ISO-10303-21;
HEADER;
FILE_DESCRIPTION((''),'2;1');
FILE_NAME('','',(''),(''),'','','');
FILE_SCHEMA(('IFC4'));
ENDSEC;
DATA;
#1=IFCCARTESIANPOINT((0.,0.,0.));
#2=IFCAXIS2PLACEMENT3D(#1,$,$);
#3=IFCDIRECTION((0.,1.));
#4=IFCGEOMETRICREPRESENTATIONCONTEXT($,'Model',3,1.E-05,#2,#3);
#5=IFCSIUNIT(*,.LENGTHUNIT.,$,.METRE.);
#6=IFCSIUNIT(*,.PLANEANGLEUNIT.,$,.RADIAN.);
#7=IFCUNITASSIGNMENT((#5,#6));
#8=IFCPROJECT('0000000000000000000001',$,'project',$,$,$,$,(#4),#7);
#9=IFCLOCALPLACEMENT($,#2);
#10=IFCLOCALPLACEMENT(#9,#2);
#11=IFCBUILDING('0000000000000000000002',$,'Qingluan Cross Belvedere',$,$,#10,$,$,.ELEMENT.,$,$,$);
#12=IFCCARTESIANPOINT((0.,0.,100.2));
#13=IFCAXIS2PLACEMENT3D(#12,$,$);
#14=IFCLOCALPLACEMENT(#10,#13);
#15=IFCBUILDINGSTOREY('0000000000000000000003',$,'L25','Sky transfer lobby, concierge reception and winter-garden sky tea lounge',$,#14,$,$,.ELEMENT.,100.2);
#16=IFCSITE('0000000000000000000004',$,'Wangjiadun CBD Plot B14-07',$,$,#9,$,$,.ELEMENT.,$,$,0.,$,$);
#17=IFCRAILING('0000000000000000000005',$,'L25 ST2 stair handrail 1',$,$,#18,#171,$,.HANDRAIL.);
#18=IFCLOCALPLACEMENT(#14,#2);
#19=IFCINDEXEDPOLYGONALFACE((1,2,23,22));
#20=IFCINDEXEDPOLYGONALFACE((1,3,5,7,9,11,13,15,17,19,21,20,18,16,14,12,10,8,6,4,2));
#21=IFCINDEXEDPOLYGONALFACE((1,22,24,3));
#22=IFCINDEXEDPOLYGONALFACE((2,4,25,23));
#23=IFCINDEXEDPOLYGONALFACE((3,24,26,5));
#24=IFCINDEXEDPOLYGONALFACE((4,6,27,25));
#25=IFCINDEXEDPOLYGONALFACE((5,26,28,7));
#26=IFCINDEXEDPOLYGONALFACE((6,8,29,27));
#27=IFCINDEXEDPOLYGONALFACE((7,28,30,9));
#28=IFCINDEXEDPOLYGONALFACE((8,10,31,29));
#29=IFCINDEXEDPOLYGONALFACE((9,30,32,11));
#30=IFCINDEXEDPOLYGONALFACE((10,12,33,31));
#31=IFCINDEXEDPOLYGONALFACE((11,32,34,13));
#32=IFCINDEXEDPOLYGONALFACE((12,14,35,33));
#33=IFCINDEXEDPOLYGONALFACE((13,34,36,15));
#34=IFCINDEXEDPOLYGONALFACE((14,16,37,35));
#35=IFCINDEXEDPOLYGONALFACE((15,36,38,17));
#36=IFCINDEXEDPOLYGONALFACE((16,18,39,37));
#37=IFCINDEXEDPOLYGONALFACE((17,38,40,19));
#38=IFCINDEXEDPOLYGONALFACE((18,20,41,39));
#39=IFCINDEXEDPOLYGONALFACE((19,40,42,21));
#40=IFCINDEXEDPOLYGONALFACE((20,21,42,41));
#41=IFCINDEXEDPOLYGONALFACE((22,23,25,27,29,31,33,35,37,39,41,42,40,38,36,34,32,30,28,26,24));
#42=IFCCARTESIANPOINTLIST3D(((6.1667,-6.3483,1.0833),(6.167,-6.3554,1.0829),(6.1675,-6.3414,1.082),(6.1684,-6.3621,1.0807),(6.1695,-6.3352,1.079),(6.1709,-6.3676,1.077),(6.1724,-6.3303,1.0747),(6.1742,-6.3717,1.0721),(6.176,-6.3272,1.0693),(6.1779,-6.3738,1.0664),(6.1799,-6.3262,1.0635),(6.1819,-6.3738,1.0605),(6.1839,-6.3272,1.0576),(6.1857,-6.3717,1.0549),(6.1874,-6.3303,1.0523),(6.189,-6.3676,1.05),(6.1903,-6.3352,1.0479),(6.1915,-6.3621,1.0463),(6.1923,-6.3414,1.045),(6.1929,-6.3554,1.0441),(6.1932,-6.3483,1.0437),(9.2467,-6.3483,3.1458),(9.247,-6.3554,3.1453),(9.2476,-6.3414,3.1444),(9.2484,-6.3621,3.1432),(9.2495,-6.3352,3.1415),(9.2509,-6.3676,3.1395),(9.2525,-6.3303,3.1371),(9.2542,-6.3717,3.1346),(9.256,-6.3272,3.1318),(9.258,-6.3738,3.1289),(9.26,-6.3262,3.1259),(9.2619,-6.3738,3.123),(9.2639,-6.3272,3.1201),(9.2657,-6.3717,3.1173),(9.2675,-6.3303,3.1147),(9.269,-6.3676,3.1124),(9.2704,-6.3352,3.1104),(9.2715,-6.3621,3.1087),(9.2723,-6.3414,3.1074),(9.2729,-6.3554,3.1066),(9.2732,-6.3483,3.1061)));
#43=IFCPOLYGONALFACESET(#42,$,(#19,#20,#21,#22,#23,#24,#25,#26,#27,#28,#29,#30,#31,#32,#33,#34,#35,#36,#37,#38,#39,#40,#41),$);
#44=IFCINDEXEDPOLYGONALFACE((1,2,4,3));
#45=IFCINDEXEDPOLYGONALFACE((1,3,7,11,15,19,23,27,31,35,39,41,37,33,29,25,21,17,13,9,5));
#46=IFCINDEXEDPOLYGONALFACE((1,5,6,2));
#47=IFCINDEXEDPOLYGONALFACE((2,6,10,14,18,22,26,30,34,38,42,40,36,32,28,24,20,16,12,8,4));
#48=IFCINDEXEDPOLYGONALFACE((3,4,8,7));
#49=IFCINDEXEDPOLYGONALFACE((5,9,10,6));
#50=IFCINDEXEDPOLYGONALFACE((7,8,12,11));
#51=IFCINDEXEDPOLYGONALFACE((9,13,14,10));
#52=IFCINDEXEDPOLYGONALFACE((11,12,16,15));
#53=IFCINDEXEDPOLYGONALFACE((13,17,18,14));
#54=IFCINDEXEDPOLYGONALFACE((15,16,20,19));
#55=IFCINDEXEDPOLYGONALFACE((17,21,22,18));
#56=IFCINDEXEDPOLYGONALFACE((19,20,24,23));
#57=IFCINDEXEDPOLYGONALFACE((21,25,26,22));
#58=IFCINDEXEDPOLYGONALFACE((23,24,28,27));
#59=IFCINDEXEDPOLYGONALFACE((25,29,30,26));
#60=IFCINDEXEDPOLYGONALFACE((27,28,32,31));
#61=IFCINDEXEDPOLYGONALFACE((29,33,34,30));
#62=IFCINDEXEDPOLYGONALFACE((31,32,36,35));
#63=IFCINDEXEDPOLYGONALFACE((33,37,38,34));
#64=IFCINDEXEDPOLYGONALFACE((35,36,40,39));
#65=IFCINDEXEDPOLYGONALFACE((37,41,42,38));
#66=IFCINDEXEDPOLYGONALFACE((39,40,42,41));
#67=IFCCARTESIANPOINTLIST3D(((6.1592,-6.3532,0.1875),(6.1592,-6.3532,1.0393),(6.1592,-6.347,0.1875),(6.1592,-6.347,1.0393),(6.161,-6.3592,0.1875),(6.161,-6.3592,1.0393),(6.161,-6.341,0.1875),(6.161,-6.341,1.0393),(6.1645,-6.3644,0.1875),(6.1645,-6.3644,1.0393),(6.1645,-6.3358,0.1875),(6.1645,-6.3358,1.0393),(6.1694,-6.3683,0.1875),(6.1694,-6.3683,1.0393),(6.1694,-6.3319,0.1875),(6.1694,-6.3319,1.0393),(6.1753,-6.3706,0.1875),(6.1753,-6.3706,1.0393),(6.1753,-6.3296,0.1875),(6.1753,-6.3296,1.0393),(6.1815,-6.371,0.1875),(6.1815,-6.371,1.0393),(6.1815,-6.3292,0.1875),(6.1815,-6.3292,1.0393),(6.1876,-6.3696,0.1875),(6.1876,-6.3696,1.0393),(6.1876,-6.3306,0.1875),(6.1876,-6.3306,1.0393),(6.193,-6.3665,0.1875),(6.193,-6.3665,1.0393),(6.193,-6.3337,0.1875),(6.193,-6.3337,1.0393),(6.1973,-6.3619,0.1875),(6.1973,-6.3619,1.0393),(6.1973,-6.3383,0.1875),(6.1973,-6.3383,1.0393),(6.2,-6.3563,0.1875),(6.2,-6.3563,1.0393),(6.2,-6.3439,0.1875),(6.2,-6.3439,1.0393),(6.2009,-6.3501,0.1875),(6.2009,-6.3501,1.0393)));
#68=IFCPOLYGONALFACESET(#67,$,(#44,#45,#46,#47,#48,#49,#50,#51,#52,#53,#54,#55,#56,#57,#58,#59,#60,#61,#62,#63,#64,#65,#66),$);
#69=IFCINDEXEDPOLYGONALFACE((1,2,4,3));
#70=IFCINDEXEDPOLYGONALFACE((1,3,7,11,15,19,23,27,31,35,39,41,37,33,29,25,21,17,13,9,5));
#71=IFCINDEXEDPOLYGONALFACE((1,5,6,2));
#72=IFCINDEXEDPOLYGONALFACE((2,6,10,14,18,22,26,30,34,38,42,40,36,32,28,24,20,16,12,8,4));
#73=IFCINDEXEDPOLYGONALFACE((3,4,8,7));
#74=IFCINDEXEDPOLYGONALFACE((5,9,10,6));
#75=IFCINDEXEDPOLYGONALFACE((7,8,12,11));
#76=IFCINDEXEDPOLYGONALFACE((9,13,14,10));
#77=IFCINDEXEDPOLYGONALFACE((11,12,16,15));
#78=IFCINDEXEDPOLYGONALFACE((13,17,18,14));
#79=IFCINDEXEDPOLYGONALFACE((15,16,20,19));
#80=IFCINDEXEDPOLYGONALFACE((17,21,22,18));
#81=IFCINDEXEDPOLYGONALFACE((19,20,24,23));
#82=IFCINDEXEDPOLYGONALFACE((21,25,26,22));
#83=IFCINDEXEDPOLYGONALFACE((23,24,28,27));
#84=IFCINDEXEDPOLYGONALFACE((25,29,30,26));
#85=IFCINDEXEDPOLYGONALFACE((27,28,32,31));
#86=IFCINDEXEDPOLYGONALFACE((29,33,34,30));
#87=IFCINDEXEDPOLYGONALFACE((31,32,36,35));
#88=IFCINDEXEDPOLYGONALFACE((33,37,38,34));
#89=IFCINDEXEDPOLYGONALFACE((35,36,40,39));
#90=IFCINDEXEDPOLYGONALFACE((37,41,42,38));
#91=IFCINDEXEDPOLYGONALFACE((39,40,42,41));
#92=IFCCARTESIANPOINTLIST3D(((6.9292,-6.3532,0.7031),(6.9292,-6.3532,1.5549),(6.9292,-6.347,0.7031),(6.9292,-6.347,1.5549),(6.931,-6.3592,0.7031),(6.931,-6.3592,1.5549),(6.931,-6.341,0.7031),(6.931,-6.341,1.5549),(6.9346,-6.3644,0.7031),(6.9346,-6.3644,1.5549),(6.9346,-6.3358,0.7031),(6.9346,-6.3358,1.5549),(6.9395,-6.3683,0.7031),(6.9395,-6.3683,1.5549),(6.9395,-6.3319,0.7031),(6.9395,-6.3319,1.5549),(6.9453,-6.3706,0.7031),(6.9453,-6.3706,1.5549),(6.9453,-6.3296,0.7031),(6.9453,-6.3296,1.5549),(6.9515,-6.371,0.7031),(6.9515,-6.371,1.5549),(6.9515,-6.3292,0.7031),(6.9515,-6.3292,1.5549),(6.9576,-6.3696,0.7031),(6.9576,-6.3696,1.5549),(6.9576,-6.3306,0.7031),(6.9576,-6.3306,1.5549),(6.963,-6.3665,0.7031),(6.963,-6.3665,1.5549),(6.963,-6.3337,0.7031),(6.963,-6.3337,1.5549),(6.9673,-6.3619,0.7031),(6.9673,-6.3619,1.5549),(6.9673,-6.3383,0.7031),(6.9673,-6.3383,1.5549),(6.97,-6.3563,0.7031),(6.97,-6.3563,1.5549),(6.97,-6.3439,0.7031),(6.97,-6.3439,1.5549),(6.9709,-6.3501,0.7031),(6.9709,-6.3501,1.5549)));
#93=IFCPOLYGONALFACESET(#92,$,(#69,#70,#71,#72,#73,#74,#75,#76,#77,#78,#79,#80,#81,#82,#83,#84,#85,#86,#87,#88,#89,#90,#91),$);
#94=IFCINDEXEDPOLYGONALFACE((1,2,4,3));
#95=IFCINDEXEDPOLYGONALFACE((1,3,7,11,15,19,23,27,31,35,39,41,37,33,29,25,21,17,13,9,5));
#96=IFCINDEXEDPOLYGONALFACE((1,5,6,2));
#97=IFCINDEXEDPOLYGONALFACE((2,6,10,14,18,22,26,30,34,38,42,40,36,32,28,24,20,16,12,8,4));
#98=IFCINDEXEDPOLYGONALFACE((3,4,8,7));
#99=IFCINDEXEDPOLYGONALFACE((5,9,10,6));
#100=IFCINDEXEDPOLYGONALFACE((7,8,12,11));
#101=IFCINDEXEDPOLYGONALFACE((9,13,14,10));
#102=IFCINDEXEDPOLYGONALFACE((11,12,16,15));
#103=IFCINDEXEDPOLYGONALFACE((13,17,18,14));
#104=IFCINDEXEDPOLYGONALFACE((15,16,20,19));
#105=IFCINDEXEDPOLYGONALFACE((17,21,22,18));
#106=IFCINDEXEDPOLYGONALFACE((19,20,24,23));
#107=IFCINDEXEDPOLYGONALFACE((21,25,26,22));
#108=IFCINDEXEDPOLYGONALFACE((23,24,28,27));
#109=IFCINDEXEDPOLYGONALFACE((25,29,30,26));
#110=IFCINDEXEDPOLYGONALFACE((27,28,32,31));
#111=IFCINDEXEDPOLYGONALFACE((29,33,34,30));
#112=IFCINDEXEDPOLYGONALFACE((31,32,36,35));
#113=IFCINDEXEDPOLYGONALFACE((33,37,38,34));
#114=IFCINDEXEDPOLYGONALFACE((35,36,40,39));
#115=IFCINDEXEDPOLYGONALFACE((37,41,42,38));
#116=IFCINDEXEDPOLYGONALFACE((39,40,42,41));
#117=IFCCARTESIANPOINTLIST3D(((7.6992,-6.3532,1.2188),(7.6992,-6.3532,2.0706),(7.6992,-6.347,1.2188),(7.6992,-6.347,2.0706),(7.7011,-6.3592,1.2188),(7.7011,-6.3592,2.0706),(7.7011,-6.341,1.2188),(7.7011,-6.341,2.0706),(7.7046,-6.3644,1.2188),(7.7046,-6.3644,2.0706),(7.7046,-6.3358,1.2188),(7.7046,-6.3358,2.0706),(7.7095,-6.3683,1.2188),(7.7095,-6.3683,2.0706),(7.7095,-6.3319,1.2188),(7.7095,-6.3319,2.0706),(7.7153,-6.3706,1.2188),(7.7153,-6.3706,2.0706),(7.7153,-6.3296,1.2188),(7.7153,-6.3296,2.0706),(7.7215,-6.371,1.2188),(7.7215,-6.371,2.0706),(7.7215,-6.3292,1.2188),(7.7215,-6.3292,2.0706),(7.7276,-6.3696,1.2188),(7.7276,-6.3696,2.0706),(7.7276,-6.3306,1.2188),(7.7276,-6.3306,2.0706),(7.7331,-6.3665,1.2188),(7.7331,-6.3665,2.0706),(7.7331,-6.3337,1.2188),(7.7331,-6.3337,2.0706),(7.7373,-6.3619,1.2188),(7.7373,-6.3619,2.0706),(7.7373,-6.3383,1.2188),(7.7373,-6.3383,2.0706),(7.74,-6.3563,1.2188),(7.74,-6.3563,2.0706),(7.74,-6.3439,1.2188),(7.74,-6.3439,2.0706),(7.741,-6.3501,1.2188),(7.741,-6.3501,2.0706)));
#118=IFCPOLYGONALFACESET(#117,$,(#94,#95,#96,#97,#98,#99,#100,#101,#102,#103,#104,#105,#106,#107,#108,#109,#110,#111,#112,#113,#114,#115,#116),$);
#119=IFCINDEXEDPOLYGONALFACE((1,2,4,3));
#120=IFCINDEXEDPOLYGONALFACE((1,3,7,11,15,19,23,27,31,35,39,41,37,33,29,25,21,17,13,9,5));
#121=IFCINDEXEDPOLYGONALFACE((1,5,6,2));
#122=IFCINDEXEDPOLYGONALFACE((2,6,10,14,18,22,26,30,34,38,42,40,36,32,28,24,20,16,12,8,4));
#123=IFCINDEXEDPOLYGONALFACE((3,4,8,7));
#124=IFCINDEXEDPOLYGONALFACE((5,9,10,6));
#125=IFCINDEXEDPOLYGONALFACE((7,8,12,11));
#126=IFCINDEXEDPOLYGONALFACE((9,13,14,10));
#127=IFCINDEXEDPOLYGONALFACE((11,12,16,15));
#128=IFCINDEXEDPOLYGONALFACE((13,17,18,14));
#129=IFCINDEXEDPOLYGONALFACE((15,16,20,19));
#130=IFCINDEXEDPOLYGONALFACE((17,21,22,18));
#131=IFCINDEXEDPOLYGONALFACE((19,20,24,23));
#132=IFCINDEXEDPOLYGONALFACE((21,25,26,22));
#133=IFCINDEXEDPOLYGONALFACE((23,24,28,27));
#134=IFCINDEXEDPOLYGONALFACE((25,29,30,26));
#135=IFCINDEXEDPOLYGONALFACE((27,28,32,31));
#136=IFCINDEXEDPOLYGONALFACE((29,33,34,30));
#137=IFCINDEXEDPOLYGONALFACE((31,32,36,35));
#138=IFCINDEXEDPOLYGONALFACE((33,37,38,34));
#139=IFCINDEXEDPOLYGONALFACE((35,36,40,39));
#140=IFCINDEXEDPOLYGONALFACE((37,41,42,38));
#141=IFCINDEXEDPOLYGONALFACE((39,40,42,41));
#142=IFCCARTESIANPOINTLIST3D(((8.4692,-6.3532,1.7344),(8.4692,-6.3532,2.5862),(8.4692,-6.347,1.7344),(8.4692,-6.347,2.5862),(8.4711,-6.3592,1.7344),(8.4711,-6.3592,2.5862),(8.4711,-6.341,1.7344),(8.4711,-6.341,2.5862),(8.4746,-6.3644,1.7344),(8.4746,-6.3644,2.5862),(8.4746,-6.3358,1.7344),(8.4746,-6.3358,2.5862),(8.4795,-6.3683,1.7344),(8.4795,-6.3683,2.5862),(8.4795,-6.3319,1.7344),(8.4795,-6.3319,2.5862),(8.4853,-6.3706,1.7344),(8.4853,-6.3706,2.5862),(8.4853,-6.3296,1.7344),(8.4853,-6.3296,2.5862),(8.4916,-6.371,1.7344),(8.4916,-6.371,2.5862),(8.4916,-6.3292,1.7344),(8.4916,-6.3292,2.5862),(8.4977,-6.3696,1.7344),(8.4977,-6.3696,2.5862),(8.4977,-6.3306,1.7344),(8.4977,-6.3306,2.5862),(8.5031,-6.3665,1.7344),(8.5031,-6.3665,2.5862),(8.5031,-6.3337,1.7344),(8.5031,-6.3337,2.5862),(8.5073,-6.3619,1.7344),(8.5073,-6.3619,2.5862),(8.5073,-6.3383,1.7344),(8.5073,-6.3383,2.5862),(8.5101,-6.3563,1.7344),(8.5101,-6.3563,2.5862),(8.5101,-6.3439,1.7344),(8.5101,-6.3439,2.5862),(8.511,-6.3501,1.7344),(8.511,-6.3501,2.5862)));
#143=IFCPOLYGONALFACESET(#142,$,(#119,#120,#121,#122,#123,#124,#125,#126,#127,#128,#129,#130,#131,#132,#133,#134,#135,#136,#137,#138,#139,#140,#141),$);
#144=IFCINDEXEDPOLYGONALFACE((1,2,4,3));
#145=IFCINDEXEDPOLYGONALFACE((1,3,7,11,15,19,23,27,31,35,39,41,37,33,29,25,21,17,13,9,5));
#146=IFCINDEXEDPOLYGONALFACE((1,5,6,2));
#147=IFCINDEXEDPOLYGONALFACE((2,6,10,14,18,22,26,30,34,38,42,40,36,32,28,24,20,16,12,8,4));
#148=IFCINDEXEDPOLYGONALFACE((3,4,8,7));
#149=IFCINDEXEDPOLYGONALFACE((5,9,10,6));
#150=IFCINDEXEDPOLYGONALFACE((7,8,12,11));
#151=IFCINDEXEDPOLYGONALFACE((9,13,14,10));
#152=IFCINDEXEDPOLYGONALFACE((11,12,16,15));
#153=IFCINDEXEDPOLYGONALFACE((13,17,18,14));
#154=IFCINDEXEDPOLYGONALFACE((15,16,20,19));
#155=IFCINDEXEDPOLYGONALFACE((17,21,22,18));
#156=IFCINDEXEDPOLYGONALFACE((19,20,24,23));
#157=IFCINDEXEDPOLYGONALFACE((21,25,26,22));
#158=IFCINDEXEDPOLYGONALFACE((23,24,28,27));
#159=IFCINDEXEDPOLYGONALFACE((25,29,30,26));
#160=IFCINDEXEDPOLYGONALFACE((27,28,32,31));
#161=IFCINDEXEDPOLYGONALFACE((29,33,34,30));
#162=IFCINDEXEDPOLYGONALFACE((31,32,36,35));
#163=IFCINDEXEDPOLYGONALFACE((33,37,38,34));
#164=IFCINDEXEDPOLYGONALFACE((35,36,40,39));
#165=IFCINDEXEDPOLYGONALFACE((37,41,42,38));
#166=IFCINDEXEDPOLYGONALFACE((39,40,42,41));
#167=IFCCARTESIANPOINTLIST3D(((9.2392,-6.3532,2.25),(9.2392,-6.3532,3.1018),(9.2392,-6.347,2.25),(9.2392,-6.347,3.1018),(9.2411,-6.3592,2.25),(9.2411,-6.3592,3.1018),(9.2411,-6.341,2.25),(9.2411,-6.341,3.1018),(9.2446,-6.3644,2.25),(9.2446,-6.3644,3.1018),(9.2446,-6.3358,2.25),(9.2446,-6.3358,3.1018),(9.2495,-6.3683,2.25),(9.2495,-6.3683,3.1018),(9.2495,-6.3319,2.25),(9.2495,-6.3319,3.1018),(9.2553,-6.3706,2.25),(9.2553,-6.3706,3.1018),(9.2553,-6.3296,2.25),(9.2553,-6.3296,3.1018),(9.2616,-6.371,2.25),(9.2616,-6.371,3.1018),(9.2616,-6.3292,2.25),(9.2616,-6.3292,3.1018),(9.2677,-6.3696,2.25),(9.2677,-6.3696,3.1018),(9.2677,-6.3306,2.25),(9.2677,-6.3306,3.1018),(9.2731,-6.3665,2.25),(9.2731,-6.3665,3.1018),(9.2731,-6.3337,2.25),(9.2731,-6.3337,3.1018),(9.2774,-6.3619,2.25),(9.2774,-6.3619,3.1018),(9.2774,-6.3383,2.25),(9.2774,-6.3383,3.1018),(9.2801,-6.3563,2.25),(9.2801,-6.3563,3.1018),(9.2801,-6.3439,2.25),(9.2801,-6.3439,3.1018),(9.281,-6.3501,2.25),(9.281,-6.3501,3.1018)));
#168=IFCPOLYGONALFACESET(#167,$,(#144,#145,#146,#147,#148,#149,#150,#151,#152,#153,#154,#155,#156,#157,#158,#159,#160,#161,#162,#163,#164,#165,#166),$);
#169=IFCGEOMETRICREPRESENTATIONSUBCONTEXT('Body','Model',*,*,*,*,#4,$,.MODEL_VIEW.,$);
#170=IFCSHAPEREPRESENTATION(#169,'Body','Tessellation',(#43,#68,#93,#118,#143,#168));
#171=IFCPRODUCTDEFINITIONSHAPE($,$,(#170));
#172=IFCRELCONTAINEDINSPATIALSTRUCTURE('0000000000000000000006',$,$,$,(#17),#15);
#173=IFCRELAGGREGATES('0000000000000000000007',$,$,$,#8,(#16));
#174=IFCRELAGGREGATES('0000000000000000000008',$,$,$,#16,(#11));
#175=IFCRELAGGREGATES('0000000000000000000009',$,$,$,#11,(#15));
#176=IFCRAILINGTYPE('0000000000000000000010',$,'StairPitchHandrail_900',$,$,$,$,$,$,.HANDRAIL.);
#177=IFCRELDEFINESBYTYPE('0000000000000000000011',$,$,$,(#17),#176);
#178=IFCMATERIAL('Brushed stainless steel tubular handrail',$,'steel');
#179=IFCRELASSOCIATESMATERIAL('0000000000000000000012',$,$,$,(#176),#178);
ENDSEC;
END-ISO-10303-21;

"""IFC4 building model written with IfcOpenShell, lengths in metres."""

from ifc_helpers import new_model, si_unit, direction, frame, origin, origin_2d, place, context, subcontext, project, spatial, circle, extrude, material, type_object, element, save


model = new_model("IFC4")

# Units and contexts
model_context = context("Model", 3, precision=1e-05, world=origin(), true_north=direction((0.0, 1.0)))
body_context = subcontext(model_context, "Body", "Model", "MODEL_VIEW")
ifc_project = project(units=[si_unit("LENGTHUNIT", "METRE"), si_unit("PLANEANGLEUNIT", "RADIAN")], contexts=[model_context])

# Site, building, storey
site_placement = place(None, origin())
site = spatial("IfcSite", under=ifc_project, at=site_placement, Name="Wangjiadun CBD Plot B14-07", CompositionType="ELEMENT", RefElevation=0.0)
building_placement = place(site_placement, origin())
building = spatial("IfcBuilding", under=site, at=building_placement, Name="Qingluan Cross Belvedere", CompositionType="ELEMENT")
storey_placement = place(building_placement, frame((0.0, 0.0, 100.2)))
storey = spatial("IfcBuildingStorey", under=building, at=storey_placement, Name="L25", Description="Sky transfer lobby, concierge reception and winter-garden sky tea lounge", CompositionType="ELEMENT", Elevation=100.2)

# Railing
ifc_material_1 = material(Name="Brushed stainless steel tubular handrail", Category="steel")
railing_type_1 = type_object("IfcRailingType", Name="StairPitchHandrail_900", PredefinedType="HANDRAIL", material=ifc_material_1)
railing_1_placement = place(storey_placement, frame((6.1799, -6.3501, 0.1875)))
element("IfcRailing", 1, at=railing_1_placement, inside=storey, type_object=railing_type_1, Name="L25 ST2 stair handrail 1", PredefinedType="HANDRAIL", context=body_context, shape_type="SweptSolid", body=[
    extrude(circle(Radius=0.0239, at=origin_2d()), frame((0.0, 0.0, 0.876), z_axis=(0.830914, 0.0, 0.556401), x_axis=(0.0, 1.0, 0.0)), (0.0, 0.0, 1.0), 3.7068),
    extrude(circle(Radius=0.021, at=origin_2d()), origin(), (0.0, 0.0, 1.0), 0.8518),
    extrude(circle(Radius=0.021, at=origin_2d()), frame((0.77, 0.0, 0.5156)), (0.0, 0.0, 1.0), 0.8518),
    extrude(circle(Radius=0.021, at=origin_2d()), frame((1.54, 0.0, 1.0312)), (0.0, 0.0, 1.0), 0.8518),
    extrude(circle(Radius=0.021, at=origin_2d()), frame((2.3101, 0.0, 1.5469)), (0.0, 0.0, 1.0), 0.8518),
    extrude(circle(Radius=0.021, at=origin_2d()), frame((3.0801, 0.0, 2.0625)), (0.0, 0.0, 1.0), 0.8518),
])

save(model, "model.ifc")
